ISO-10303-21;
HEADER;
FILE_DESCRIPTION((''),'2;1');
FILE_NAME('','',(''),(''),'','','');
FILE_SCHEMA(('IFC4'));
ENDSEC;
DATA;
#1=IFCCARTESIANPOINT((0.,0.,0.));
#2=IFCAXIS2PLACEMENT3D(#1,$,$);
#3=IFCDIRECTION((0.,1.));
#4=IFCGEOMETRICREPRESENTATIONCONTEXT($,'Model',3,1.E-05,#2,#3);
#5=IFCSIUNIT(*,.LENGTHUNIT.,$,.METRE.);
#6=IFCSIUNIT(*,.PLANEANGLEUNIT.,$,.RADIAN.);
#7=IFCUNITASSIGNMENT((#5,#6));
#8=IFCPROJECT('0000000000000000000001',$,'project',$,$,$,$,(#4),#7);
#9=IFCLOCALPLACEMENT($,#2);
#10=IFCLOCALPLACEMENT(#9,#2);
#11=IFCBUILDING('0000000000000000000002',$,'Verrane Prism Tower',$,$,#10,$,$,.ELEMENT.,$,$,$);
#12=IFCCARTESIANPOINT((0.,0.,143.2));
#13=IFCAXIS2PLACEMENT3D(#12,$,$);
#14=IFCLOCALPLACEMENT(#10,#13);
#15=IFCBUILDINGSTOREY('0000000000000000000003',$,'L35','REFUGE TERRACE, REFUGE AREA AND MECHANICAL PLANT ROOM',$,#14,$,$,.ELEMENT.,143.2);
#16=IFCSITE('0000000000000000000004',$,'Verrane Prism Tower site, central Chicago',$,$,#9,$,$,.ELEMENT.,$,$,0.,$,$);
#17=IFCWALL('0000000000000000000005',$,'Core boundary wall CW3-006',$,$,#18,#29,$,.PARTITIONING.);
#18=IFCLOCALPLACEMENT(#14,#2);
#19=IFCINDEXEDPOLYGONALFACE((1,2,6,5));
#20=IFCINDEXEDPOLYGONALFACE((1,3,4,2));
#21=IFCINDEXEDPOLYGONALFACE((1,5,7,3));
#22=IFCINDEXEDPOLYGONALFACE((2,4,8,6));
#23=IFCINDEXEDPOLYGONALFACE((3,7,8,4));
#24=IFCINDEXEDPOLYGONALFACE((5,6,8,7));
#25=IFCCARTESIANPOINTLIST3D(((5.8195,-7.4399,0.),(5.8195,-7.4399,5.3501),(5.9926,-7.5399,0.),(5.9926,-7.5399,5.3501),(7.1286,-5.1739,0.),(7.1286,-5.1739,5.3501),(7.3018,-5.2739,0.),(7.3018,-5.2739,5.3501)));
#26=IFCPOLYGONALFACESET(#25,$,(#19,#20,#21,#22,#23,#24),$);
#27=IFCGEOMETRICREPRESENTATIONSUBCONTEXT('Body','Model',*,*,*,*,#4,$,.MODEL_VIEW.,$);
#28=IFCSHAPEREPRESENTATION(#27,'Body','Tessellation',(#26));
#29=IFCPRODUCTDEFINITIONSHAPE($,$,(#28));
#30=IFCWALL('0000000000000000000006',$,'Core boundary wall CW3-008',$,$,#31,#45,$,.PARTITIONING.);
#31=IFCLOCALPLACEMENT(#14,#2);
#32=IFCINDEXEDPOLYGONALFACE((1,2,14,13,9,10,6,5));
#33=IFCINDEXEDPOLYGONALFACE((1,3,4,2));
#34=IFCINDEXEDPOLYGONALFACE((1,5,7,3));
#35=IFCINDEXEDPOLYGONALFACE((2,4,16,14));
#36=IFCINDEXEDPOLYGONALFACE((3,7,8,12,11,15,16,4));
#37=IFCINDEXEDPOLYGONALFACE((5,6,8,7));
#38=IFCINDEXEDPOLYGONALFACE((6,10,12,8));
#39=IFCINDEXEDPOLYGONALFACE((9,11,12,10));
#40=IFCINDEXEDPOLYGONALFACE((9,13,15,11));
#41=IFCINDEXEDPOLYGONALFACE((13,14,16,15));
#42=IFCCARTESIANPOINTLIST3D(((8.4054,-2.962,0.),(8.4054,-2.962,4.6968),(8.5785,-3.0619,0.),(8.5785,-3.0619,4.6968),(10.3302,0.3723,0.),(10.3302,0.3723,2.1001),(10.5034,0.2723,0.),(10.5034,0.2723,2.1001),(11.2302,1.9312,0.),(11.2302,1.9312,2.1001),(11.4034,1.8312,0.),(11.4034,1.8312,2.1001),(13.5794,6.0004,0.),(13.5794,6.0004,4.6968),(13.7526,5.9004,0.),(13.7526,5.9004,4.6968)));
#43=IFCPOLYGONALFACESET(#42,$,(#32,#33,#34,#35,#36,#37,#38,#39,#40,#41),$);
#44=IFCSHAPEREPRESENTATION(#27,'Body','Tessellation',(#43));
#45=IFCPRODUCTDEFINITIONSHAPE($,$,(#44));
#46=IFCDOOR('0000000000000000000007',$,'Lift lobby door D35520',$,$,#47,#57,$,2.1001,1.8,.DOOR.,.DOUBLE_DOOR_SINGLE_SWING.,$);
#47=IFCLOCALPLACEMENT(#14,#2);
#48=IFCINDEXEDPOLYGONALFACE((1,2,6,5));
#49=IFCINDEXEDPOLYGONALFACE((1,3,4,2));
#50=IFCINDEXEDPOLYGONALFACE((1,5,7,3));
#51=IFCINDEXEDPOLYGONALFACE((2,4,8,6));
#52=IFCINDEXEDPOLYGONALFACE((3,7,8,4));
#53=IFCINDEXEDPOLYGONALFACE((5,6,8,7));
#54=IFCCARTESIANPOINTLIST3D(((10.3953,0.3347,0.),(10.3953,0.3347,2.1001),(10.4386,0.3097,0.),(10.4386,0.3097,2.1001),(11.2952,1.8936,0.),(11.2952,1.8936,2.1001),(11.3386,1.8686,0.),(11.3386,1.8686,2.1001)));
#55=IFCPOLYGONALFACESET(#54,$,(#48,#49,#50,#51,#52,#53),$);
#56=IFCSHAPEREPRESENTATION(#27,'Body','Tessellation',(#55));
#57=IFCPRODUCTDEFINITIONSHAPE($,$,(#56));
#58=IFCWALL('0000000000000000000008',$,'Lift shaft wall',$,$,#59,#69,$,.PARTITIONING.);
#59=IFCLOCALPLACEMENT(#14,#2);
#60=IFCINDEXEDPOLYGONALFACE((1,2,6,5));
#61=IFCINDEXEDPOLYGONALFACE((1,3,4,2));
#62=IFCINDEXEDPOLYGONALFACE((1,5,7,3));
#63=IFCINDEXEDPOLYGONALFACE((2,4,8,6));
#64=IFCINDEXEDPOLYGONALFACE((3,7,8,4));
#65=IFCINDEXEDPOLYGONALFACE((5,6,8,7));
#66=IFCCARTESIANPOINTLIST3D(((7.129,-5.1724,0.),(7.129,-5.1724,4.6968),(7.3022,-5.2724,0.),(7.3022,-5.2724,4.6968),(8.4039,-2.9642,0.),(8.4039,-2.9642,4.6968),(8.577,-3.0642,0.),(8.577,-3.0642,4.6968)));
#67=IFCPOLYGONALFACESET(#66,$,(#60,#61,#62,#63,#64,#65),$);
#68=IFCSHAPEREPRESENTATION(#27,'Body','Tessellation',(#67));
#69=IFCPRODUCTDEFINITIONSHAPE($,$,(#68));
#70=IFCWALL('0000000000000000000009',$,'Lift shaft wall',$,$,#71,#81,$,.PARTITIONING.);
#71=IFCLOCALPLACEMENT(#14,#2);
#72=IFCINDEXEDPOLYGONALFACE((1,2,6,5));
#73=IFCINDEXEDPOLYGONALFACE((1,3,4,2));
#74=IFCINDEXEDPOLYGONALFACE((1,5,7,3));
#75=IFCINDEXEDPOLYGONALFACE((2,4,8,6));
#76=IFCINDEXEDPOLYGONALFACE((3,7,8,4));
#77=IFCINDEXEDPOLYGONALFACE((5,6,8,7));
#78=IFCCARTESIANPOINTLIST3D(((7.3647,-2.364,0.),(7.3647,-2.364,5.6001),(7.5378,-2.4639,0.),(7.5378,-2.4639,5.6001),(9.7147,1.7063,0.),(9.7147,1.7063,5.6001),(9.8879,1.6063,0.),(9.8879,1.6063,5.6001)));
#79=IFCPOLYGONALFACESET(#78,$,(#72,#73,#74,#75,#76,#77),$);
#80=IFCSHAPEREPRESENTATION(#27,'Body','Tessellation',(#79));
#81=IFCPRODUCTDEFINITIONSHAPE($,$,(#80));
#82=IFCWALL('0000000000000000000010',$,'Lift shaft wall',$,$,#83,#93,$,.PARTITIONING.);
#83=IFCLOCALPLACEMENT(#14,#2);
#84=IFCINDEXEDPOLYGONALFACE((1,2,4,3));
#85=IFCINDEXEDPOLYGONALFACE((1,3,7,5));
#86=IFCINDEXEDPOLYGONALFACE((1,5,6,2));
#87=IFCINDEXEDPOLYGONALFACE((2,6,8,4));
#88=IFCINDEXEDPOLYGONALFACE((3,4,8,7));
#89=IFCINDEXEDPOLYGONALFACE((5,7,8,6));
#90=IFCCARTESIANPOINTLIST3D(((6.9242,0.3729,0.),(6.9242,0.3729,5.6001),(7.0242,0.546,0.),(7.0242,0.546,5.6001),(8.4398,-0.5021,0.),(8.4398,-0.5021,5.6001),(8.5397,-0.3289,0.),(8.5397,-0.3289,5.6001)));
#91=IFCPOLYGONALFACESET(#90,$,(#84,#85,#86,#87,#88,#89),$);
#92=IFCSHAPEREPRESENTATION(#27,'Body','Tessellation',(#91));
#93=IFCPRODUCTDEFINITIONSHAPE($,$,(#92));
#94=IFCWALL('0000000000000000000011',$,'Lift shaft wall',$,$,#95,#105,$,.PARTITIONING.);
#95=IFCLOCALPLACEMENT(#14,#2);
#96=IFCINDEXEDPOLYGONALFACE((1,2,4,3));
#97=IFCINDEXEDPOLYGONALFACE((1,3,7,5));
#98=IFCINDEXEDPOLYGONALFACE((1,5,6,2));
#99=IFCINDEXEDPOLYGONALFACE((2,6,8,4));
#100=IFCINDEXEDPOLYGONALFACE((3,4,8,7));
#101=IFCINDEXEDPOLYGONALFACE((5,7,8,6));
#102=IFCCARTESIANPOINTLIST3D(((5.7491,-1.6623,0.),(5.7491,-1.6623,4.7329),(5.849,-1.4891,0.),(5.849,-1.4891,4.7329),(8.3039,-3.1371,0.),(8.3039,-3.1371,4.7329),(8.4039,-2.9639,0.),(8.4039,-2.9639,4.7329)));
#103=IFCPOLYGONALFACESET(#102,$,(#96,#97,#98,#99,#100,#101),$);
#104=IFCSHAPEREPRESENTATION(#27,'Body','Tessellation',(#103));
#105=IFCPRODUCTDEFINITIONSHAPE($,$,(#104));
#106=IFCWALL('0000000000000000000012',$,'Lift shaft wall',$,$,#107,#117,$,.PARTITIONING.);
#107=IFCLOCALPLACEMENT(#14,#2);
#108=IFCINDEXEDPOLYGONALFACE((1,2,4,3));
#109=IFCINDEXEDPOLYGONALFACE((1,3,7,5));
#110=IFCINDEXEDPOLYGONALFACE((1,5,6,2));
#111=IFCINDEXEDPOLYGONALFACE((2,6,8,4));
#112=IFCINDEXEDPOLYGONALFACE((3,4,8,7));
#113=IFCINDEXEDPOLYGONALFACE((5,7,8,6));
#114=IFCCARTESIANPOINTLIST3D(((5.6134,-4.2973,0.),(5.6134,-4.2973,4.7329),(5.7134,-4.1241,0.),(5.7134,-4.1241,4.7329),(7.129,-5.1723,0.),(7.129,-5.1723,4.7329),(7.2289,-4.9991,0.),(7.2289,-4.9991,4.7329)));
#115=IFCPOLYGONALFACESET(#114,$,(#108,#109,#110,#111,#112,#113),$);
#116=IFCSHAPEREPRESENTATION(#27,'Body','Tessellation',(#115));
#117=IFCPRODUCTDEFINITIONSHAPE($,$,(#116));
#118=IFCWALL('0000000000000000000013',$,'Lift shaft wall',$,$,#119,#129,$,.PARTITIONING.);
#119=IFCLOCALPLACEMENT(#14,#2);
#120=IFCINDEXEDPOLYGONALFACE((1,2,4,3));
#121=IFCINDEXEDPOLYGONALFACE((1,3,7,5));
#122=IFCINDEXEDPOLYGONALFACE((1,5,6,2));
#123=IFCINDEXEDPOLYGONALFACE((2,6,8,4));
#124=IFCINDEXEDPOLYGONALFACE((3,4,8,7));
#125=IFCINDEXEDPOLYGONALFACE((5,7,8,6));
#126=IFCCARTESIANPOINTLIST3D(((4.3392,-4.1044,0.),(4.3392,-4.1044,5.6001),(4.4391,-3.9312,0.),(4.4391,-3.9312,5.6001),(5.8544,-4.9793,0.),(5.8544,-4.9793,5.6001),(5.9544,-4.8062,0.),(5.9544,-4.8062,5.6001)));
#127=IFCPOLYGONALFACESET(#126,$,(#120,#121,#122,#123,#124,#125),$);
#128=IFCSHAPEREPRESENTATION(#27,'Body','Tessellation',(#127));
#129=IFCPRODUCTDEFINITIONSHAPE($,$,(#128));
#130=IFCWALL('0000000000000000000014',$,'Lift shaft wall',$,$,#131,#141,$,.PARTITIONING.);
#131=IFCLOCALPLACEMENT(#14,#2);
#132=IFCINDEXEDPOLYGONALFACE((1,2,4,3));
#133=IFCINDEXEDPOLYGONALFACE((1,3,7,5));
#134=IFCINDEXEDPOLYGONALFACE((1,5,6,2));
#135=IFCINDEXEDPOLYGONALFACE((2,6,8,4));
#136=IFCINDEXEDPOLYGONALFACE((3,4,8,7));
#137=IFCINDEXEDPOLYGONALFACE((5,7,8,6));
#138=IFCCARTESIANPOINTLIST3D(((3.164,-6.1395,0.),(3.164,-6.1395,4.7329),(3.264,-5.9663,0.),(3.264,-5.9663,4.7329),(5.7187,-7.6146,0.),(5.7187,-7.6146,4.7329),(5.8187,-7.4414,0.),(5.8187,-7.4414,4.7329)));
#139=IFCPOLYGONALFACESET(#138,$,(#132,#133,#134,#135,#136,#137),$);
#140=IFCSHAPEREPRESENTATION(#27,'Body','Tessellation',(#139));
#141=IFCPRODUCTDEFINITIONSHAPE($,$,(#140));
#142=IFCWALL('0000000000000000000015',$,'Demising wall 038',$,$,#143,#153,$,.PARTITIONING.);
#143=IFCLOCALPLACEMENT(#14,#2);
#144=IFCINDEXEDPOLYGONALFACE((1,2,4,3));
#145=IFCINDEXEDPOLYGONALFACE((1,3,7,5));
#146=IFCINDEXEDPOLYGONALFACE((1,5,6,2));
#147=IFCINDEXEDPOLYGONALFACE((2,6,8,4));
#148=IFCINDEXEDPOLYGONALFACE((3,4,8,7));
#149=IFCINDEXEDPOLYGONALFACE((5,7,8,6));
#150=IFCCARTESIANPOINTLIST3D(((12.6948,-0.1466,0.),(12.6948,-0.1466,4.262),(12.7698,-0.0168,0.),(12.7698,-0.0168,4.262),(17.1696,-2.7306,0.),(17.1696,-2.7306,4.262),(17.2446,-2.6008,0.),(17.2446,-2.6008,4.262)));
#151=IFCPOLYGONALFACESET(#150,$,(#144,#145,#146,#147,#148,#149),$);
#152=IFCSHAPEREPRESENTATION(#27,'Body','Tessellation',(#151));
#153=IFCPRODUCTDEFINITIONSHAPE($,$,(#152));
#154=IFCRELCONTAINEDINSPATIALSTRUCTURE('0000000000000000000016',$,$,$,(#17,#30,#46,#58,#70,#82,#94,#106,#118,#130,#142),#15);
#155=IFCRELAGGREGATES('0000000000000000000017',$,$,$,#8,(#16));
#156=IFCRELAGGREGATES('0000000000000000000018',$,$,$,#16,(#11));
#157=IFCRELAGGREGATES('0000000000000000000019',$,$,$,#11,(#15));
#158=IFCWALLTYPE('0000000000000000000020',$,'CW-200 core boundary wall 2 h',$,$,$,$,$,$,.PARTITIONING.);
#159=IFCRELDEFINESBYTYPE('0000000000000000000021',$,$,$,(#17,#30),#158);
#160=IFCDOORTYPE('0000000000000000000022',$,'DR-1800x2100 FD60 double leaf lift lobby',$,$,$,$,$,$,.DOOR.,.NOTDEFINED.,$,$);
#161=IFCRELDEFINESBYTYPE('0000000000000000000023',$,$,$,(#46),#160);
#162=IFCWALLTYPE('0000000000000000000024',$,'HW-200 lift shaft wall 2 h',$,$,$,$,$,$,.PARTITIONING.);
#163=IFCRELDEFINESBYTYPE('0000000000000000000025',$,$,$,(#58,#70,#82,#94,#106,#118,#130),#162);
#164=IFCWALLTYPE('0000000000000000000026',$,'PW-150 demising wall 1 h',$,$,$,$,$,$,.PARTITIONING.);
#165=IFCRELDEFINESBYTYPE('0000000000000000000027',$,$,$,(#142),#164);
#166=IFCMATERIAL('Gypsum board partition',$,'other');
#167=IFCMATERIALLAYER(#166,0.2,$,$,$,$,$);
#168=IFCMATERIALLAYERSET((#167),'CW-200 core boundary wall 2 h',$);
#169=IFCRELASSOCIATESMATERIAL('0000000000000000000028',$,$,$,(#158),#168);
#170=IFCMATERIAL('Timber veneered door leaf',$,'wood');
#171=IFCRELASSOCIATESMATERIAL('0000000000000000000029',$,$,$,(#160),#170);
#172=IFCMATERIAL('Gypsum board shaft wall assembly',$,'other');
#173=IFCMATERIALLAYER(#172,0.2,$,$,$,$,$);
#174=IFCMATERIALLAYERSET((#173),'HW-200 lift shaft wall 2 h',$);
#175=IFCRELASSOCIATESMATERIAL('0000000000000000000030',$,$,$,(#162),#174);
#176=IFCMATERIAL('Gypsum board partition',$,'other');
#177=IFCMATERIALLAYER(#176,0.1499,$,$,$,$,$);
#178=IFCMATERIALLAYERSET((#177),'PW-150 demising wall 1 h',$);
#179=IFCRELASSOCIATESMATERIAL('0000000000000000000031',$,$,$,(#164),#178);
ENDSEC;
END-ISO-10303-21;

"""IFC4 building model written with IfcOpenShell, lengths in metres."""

from ifc_helpers import new_model, si_unit, direction, frame, frame_2d, origin, place, context, subcontext, project, spatial, rectangle, extrude, material, layer, layer_set, type_object, element, fill, save


model = new_model("IFC4")

# Units and contexts
model_context = context("Model", 3, precision=1e-05, world=origin(), true_north=direction((0.0, 1.0)))
body_context = subcontext(model_context, "Body", "Model", "MODEL_VIEW")
ifc_project = project(units=[si_unit("LENGTHUNIT", "METRE"), si_unit("PLANEANGLEUNIT", "RADIAN")], contexts=[model_context])

# Site, building, storey
site_placement = place(None, origin())
site = spatial("IfcSite", under=ifc_project, at=site_placement, Name="Verrane Prism Tower site, central Chicago", CompositionType="ELEMENT", RefElevation=0.0)
building_placement = place(site_placement, origin())
building = spatial("IfcBuilding", under=site, at=building_placement, Name="Verrane Prism Tower", CompositionType="ELEMENT")
storey_placement = place(building_placement, frame((0.0, 0.0, 143.2)))
storey = spatial("IfcBuildingStorey", under=building, at=storey_placement, Name="L35", Description="REFUGE TERRACE, REFUGE AREA AND MECHANICAL PLANT ROOM", CompositionType="ELEMENT", Elevation=143.2)

# Wall
ifc_material_1 = material(Name="Gypsum board partition", Category="other")
ifc_layer_1 = layer(ifc_material_1, 0.2)
ifc_layer_set_1 = layer_set([ifc_layer_1], Name="CW-200 core boundary wall 2 h")
wall_type_1 = type_object("IfcWallType", Name="CW-200 core boundary wall 2 h", PredefinedType="PARTITIONING", material=ifc_layer_set_1)
wall_1_placement = place(storey_placement, frame((5.906, -7.49, 0.0), z_axis=(0.0, 0.0, 1.0), x_axis=(0.500253, 0.865879, 0.0)))
element("IfcWall", 1, at=wall_1_placement, inside=storey, type_object=wall_type_1, Name="Core boundary wall CW3-006", PredefinedType="PARTITIONING", context=body_context, shape_type="SweptSolid", body=[
    extrude(rectangle(XDim=2.6169, YDim=0.2, at=frame_2d((1.3086, 0.0))), origin(), (0.0, 0.0, 1.0), 5.3501),
])

# Wall, opening, door
wall_2_placement = place(storey_placement, frame((8.4919, -3.012, 0.0), z_axis=(0.0, 0.0, 1.0), x_axis=(0.499973, 0.866041, 0.0)))
wall_2 = element("IfcWall", 2, at=wall_2_placement, inside=storey, type_object=wall_type_1, Name="Core boundary wall CW3-008", PredefinedType="PARTITIONING", context=body_context, shape_type="SweptSolid", body=[
    extrude(rectangle(XDim=10.3486, YDim=0.2, at=frame_2d((5.1743, 0.0))), origin(), (0.0, 0.0, 1.0), 4.6968),
])
opening_placement = place(wall_2_placement, frame((3.8501, 0.0, 0.0)))
opening = element("IfcOpeningElement", 3, at=opening_placement, cuts=wall_2, PredefinedType="OPENING", context=body_context, shape_type="SweptSolid", body=[
    extrude(rectangle(XDim=1.8, YDim=2.1001, at=frame_2d((0.8999, 1.05))), frame((0.0, 0.1099, 0.0), z_axis=(0.0, -1.0, 0.0), x_axis=(1.0, 0.0, 0.0)), (0.0, 0.0, 1.0), 0.22),
])
ifc_material_2 = material(Name="Timber veneered door leaf", Category="wood")
door_type = type_object("IfcDoorType", Name="DR-1800x2100 FD60 double leaf lift lobby", OperationType="NOTDEFINED", PredefinedType="DOOR", material=ifc_material_2)
door_placement = place(opening_placement, origin())
door = element("IfcDoor", 4, at=door_placement, inside=storey, type_object=door_type, Name="Lift lobby door D35520", OperationType="DOUBLE_DOOR_SINGLE_SWING", OverallHeight=2.1001, OverallWidth=1.8, PredefinedType="DOOR", context=body_context, shape_type="SweptSolid", body=[
    extrude(rectangle(XDim=1.8, YDim=2.1001, at=frame_2d((0.8999, 1.05))), frame((0.0, 0.0249, 0.0), z_axis=(0.0, -1.0, 0.0), x_axis=(1.0, 0.0, 0.0)), (0.0, 0.0, 1.0), 0.05),
])
fill(opening, door)

# Walls
ifc_material_3 = material(Name="Gypsum board shaft wall assembly", Category="other")
ifc_layer_2 = layer(ifc_material_3, 0.2)
ifc_layer_set_2 = layer_set([ifc_layer_2], Name="HW-200 lift shaft wall 2 h")
wall_type_2 = type_object("IfcWallType", Name="HW-200 lift shaft wall 2 h", PredefinedType="PARTITIONING", material=ifc_layer_set_2)
wall_3_placement = place(storey_placement, frame((7.2156, -5.2224, 0.0), z_axis=(0.0, 0.0, 1.0), x_axis=(0.49999, 0.866031, 0.0)))
element("IfcWall", 5, at=wall_3_placement, inside=storey, type_object=wall_type_2, Name="Lift shaft wall", PredefinedType="PARTITIONING", context=body_context, shape_type="SweptSolid", body=[
    extrude(rectangle(XDim=2.5498, YDim=0.2, at=frame_2d((1.2749, 0.0))), origin(), (0.0, 0.0, 1.0), 4.6968),
])
wall_4_placement = place(storey_placement, frame((7.4512, -2.4141, 0.0), z_axis=(0.0, 0.0, 1.0), x_axis=(0.500016, 0.866016, 0.0)))
element("IfcWall", 6, at=wall_4_placement, inside=storey, type_object=wall_type_2, Name="Lift shaft wall", PredefinedType="PARTITIONING", context=body_context, shape_type="SweptSolid", body=[
    extrude(rectangle(XDim=4.7, YDim=0.2, at=frame_2d((2.3501, 0.0))), origin(), (0.0, 0.0, 1.0), 5.6001),
])
wall_5_placement = place(storey_placement, frame((8.4897, -0.4155, 0.0), z_axis=(0.0, 0.0, 1.0), x_axis=(-0.866037, 0.49998, 0.0)))
element("IfcWall", 7, at=wall_5_placement, inside=storey, type_object=wall_type_2, Name="Lift shaft wall", PredefinedType="PARTITIONING", context=body_context, shape_type="SweptSolid", body=[
    extrude(rectangle(XDim=1.75, YDim=0.2, at=frame_2d((0.875, 0.0))), origin(), (0.0, 0.0, 1.0), 5.6001),
])
wall_6_placement = place(storey_placement, frame((8.354, -3.0505, 0.0), z_axis=(0.0, 0.0, 1.0), x_axis=(-0.86606, 0.49994, 0.0)))
element("IfcWall", 8, at=wall_6_placement, inside=storey, type_object=wall_type_2, Name="Lift shaft wall", PredefinedType="PARTITIONING", context=body_context, shape_type="SweptSolid", body=[
    extrude(rectangle(XDim=2.95, YDim=0.2, at=frame_2d((1.4751, 0.0))), origin(), (0.0, 0.0, 1.0), 4.7329),
])
wall_7_placement = place(storey_placement, frame((7.179, -5.0857, 0.0), z_axis=(0.0, 0.0, 1.0), x_axis=(-0.866037, 0.49998, 0.0)))
element("IfcWall", 9, at=wall_7_placement, inside=storey, type_object=wall_type_2, Name="Lift shaft wall", PredefinedType="PARTITIONING", context=body_context, shape_type="SweptSolid", body=[
    extrude(rectangle(XDim=1.75, YDim=0.2, at=frame_2d((0.875, 0.0))), origin(), (0.0, 0.0, 1.0), 4.7329),
])
wall_8_placement = place(storey_placement, frame((5.9045, -4.8928, 0.0), z_axis=(0.0, 0.0, 1.0), x_axis=(-0.866002, 0.50004, 0.0)))
element("IfcWall", 10, at=wall_8_placement, inside=storey, type_object=wall_type_2, Name="Lift shaft wall", PredefinedType="PARTITIONING", context=body_context, shape_type="SweptSolid", body=[
    extrude(rectangle(XDim=1.7498, YDim=0.2, at=frame_2d((0.875, 0.0))), origin(), (0.0, 0.0, 1.0), 5.6001),
])
wall_9_placement = place(storey_placement, frame((5.7688, -7.5281, 0.0), z_axis=(0.0, 0.0, 1.0), x_axis=(-0.866004, 0.500038, 0.0)))
element("IfcWall", 11, at=wall_9_placement, inside=storey, type_object=wall_type_2, Name="Lift shaft wall", PredefinedType="PARTITIONING", context=body_context, shape_type="SweptSolid", body=[
    extrude(rectangle(XDim=2.95, YDim=0.2, at=frame_2d((1.4751, 0.0))), origin(), (0.0, 0.0, 1.0), 4.7329),
])
ifc_material_4 = material(Name="Gypsum board partition", Category="other")
ifc_layer_3 = layer(ifc_material_4, 0.1499)
ifc_layer_set_3 = layer_set([ifc_layer_3], Name="PW-150 demising wall 1 h")
wall_type_3 = type_object("IfcWallType", Name="PW-150 demising wall 1 h", PredefinedType="PARTITIONING", material=ifc_layer_set_3)
wall_10_placement = place(storey_placement, frame((12.7324, -0.0818, 0.0), z_axis=(0.0, 0.0, 1.0), x_axis=(0.86599, -0.500062, 0.0)))
element("IfcWall", 12, at=wall_10_placement, inside=storey, type_object=wall_type_3, Name="Demising wall 038", PredefinedType="PARTITIONING", context=body_context, shape_type="SweptSolid", body=[
    extrude(rectangle(XDim=5.1672, YDim=0.1499, at=frame_2d((2.5835, 0.0))), origin(), (0.0, 0.0, 1.0), 4.262),
])

save(model, "model.ifc")
